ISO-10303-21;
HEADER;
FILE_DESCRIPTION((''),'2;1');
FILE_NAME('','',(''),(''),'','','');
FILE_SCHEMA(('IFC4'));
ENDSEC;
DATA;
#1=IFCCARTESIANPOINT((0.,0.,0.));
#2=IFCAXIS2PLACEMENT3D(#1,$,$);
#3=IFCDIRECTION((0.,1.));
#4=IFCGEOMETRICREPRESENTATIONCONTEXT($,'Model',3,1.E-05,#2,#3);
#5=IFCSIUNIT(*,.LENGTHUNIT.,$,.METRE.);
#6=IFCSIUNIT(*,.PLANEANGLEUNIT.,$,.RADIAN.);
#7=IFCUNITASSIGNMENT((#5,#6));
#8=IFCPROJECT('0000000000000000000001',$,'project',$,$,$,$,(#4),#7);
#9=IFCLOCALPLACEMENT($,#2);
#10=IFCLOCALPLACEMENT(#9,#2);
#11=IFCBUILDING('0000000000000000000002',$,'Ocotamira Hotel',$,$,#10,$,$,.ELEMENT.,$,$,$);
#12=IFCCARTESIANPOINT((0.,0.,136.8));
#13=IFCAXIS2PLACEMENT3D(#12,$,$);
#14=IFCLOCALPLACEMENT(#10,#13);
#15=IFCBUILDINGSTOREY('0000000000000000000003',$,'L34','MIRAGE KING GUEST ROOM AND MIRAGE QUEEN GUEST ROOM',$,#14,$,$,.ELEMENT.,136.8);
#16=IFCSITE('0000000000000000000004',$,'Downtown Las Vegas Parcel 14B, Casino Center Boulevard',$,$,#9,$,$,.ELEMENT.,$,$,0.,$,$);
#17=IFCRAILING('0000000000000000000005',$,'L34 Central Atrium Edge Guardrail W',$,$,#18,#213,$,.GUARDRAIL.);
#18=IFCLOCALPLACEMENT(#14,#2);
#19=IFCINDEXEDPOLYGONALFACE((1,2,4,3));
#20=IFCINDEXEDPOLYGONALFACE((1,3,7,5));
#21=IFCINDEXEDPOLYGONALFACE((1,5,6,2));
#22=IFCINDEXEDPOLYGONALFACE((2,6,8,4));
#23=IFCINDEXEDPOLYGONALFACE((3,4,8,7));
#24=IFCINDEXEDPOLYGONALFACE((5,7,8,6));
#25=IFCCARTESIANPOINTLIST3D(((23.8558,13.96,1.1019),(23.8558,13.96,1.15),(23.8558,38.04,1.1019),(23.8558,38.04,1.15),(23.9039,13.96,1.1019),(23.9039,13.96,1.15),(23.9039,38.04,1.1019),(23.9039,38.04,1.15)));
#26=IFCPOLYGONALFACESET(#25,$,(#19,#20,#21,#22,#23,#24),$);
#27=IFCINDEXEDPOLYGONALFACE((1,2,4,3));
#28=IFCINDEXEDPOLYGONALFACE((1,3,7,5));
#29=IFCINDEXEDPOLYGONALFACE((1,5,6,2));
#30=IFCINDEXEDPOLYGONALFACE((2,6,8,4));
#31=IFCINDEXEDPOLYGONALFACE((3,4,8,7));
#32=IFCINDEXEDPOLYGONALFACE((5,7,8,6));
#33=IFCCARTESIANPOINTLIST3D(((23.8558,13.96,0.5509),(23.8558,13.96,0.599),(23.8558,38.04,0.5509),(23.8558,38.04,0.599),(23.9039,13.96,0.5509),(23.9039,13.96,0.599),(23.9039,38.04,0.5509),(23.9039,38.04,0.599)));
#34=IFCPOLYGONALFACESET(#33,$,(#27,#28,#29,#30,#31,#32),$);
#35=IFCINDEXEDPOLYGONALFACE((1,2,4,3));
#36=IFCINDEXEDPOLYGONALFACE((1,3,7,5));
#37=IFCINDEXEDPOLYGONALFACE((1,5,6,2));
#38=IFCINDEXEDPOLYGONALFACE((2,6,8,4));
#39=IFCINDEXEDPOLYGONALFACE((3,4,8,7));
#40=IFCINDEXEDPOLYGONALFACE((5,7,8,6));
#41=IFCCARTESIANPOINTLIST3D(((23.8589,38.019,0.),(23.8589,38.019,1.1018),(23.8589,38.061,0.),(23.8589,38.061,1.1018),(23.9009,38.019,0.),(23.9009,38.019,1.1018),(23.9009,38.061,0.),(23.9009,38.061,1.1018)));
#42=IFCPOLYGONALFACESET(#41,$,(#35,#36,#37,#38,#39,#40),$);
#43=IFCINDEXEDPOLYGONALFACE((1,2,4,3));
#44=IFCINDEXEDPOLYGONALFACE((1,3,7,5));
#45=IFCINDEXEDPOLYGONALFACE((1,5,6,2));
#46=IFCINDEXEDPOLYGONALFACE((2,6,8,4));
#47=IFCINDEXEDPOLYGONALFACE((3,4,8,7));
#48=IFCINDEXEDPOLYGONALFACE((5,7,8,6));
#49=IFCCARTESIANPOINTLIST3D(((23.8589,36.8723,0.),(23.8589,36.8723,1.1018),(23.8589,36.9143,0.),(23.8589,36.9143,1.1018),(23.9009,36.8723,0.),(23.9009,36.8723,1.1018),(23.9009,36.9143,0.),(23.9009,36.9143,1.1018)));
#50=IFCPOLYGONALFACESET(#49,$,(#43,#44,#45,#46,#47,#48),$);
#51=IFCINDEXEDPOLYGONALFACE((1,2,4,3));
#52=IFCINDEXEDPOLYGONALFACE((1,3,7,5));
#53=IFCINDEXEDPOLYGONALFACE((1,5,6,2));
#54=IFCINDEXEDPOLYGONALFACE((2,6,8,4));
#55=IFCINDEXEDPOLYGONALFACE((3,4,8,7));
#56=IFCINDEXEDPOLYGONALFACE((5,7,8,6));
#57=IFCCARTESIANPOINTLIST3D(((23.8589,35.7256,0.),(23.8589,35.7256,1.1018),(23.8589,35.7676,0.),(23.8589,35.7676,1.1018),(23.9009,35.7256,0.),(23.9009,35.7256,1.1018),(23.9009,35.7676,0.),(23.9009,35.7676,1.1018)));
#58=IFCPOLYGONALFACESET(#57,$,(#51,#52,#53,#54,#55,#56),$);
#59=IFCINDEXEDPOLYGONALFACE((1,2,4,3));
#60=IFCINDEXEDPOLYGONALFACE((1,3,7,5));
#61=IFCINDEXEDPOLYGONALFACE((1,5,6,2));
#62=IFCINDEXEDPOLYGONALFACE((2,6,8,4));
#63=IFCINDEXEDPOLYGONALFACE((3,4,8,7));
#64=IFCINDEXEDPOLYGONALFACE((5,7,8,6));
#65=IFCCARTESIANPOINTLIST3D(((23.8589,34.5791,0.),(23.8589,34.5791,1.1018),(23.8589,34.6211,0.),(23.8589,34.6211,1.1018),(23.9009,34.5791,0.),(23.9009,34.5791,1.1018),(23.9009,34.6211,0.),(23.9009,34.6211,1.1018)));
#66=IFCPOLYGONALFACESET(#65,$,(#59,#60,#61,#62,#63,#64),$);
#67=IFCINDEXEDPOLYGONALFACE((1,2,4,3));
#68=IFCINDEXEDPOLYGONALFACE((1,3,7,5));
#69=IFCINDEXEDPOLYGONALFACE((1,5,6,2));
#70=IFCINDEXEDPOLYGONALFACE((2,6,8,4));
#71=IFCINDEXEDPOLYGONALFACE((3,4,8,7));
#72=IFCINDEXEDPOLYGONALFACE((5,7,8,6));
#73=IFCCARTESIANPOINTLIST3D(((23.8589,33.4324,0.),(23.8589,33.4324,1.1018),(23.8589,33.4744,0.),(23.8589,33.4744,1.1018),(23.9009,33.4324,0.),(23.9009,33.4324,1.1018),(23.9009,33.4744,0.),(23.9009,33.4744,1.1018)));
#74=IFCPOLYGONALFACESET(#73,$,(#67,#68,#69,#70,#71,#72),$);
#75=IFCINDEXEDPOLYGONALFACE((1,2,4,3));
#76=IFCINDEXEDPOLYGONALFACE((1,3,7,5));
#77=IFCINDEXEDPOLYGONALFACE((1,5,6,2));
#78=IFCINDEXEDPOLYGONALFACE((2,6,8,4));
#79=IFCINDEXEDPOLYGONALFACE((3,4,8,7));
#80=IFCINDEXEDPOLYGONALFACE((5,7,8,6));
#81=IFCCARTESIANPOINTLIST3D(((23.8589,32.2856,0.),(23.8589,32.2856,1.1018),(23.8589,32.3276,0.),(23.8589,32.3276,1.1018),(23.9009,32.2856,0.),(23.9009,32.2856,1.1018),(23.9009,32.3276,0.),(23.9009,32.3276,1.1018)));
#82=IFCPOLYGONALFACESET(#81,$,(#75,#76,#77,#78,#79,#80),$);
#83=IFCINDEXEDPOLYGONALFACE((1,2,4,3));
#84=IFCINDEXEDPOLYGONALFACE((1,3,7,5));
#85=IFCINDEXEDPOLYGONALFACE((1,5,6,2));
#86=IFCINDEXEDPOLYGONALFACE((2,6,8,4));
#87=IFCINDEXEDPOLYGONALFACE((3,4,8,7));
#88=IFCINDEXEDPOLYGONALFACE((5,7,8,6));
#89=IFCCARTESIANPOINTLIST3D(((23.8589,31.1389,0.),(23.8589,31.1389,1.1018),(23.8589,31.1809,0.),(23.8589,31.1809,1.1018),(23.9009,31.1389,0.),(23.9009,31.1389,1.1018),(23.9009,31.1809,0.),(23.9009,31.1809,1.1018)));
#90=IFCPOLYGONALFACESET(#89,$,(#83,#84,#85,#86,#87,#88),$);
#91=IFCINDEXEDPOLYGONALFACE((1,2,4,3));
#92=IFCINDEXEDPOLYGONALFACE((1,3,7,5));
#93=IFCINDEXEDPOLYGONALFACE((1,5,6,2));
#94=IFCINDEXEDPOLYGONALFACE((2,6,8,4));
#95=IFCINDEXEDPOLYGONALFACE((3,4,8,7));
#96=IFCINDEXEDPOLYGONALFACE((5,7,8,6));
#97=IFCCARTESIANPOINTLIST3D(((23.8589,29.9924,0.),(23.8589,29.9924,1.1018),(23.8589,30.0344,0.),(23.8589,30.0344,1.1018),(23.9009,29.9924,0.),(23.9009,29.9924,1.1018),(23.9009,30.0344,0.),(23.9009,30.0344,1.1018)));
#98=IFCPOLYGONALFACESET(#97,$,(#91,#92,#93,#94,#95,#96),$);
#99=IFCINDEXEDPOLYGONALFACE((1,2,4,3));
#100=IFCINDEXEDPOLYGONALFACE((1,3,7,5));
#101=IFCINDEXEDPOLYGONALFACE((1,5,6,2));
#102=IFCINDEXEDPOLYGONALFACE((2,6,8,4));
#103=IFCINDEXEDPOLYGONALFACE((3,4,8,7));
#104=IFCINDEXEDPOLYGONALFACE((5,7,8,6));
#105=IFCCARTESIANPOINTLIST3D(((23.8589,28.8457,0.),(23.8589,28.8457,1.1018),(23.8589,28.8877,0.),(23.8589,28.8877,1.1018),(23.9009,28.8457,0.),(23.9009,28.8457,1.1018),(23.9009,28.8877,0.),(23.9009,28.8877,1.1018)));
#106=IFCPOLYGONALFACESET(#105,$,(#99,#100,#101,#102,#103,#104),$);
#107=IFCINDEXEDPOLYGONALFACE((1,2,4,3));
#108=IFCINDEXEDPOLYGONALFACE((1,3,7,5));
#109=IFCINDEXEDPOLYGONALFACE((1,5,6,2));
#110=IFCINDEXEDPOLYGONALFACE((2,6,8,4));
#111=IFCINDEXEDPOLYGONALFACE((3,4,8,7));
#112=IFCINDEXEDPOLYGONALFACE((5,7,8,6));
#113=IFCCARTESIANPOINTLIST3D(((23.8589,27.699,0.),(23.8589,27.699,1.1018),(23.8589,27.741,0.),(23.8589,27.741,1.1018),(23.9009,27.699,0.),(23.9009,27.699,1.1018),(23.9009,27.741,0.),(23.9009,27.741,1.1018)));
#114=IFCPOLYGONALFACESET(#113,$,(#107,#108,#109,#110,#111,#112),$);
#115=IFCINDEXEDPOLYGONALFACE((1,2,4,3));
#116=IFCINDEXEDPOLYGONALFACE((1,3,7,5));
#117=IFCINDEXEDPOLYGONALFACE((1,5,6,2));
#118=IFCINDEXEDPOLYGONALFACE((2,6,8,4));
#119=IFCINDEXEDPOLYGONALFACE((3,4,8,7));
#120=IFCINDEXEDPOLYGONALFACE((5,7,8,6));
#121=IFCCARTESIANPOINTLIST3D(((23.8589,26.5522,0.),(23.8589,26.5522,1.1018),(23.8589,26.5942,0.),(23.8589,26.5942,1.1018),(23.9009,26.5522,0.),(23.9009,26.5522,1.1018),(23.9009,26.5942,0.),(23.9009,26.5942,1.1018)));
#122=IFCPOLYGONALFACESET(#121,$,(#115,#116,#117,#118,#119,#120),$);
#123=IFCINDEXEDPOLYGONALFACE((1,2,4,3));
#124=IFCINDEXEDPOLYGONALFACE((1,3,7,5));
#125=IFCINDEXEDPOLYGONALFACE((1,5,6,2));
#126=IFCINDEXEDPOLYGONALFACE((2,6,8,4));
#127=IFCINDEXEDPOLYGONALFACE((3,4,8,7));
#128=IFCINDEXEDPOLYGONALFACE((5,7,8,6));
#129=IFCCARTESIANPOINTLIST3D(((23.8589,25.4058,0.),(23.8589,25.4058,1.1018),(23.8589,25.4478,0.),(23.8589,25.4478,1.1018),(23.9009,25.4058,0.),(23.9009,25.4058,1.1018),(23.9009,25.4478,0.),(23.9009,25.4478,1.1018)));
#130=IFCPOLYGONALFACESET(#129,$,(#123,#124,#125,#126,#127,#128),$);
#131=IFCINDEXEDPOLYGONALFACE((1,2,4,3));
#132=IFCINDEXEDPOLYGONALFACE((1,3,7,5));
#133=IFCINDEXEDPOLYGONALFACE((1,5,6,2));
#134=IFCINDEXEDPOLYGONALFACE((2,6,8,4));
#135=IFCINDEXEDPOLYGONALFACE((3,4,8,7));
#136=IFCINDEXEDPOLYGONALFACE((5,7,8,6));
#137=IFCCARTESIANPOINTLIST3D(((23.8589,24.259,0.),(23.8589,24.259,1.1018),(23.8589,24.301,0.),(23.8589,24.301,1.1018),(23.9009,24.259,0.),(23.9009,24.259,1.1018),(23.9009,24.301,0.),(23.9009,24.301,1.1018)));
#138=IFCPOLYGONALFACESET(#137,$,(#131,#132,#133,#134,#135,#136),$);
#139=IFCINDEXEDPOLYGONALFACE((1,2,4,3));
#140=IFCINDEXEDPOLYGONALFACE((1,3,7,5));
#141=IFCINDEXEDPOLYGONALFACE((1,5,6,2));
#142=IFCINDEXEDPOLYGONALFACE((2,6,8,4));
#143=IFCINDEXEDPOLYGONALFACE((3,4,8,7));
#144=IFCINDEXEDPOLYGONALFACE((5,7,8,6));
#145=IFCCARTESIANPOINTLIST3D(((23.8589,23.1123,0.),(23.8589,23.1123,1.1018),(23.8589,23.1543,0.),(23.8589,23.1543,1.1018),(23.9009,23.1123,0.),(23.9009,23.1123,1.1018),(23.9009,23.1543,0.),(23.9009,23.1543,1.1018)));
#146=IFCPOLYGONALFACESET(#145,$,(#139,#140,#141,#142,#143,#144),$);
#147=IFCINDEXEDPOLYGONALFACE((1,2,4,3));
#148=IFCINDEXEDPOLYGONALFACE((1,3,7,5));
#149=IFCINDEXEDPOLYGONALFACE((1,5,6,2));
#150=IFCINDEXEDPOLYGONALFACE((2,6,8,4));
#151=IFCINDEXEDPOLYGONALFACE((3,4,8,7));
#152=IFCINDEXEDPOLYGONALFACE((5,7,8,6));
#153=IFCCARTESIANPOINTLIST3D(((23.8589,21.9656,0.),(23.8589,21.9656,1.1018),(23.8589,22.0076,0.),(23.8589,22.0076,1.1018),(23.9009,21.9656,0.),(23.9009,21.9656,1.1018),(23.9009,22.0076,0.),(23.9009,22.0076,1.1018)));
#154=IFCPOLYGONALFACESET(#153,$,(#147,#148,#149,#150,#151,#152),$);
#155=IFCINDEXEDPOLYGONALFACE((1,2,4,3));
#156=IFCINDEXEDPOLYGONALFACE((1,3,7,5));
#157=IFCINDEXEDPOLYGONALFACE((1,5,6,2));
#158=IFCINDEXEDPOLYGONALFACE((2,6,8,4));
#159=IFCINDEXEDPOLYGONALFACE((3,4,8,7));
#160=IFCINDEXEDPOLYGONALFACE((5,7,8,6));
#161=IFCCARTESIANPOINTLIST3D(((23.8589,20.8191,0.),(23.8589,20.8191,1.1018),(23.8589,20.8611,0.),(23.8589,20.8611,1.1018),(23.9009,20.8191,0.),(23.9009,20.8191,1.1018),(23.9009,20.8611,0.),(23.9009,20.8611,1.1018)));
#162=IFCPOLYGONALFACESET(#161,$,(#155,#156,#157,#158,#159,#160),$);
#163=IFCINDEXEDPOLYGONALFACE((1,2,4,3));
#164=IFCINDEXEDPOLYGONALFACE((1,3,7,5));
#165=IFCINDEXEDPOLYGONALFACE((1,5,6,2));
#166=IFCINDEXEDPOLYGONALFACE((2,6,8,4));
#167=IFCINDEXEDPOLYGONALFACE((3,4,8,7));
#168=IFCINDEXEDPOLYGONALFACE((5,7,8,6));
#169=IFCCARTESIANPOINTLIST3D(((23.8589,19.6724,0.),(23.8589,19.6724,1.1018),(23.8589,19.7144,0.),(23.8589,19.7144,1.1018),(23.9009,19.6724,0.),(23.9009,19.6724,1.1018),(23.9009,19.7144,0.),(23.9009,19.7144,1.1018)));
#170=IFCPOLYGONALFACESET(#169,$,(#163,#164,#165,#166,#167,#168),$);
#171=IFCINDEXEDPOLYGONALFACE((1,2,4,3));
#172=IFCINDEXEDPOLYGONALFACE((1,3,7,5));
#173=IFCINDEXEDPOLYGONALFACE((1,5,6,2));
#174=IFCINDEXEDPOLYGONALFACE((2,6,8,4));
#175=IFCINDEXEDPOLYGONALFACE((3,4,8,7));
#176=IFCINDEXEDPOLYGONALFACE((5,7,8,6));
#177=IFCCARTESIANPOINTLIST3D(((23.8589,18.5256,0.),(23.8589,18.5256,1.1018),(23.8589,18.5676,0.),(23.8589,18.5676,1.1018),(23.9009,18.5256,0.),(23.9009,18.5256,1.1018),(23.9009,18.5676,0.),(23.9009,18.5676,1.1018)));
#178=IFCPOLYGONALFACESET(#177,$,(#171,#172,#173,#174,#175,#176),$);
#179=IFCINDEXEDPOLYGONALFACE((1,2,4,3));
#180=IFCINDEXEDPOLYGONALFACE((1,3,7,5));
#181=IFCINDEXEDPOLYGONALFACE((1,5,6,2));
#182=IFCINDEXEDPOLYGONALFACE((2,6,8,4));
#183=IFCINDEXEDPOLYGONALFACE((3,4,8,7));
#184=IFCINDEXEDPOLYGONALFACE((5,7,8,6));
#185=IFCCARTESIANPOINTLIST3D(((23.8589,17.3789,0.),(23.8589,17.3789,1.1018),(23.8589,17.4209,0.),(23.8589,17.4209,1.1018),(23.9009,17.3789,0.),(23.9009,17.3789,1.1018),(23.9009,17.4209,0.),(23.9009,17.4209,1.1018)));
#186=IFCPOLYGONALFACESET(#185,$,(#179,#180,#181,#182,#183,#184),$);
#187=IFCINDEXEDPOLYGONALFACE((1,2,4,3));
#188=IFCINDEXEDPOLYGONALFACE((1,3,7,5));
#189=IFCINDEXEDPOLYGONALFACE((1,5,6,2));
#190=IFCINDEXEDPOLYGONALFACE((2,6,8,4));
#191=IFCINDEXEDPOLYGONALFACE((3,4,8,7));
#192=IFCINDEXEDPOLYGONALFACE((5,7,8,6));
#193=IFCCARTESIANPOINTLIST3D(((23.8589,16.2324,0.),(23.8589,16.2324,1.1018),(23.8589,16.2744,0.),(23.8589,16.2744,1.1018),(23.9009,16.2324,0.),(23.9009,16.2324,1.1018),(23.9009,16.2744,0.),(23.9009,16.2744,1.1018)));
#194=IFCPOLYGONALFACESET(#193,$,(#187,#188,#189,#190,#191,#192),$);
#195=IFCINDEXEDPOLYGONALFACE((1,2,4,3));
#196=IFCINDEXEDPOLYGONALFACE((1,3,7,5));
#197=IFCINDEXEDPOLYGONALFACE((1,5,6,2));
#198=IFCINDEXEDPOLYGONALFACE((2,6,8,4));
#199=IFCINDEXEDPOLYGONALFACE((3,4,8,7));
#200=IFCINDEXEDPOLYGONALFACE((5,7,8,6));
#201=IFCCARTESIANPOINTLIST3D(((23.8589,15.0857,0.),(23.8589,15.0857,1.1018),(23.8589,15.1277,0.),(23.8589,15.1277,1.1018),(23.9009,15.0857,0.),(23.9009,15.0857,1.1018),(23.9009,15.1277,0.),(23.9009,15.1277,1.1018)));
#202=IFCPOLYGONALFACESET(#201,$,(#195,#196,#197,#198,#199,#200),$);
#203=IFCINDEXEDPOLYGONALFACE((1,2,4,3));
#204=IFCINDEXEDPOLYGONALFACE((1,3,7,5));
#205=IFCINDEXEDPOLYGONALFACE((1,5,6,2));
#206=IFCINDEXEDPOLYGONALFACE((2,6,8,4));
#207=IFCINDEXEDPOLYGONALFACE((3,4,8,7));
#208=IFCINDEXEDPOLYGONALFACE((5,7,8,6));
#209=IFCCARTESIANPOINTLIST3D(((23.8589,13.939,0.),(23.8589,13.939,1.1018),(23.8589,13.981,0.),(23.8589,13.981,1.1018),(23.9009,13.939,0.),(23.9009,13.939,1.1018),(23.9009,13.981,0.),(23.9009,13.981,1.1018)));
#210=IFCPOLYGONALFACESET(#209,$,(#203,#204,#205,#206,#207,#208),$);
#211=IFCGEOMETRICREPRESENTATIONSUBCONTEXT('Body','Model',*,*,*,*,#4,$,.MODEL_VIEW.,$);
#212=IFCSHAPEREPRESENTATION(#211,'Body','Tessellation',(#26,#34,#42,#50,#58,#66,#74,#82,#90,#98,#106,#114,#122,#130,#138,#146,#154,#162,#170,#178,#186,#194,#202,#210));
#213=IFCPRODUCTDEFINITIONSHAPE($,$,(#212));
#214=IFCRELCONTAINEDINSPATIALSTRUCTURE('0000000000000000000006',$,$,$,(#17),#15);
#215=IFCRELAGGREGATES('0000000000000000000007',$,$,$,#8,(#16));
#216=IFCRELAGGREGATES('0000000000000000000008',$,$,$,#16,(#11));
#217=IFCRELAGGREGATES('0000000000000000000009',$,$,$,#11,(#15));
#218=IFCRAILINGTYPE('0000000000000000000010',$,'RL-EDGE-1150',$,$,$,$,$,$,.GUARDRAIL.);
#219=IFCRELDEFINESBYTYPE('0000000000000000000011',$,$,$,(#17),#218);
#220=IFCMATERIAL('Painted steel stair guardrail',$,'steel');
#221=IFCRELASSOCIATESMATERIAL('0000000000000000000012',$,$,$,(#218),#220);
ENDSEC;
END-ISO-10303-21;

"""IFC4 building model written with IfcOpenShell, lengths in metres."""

from ifc_helpers import new_model, si_unit, direction, frame, origin, origin_2d, place, context, subcontext, project, spatial, rectangle, extrude, material, type_object, element, save


model = new_model("IFC4")

# Units and contexts
model_context = context("Model", 3, precision=1e-05, world=origin(), true_north=direction((0.0, 1.0)))
body_context = subcontext(model_context, "Body", "Model", "MODEL_VIEW")
ifc_project = project(units=[si_unit("LENGTHUNIT", "METRE"), si_unit("PLANEANGLEUNIT", "RADIAN")], contexts=[model_context])

# Site, building, storey
site_placement = place(None, origin())
site = spatial("IfcSite", under=ifc_project, at=site_placement, Name="Downtown Las Vegas Parcel 14B, Casino Center Boulevard", CompositionType="ELEMENT", RefElevation=0.0)
building_placement = place(site_placement, origin())
building = spatial("IfcBuilding", under=site, at=building_placement, Name="Ocotamira Hotel", CompositionType="ELEMENT")
storey_placement = place(building_placement, frame((0.0, 0.0, 136.8)))
storey = spatial("IfcBuildingStorey", under=building, at=storey_placement, Name="L34", Description="MIRAGE KING GUEST ROOM AND MIRAGE QUEEN GUEST ROOM", CompositionType="ELEMENT", Elevation=136.8)

# Railing
ifc_material_1 = material(Name="Painted steel stair guardrail", Category="steel")
railing_type = type_object("IfcRailingType", Name="RL-EDGE-1150", PredefinedType="GUARDRAIL", material=ifc_material_1)
railing_placement = place(storey_placement, frame((23.8799, 38.04, 0.0)))
element("IfcRailing", 1, at=railing_placement, inside=storey, type_object=railing_type, Name="L34 Central Atrium Edge Guardrail W", PredefinedType="GUARDRAIL", context=body_context, shape_type="SweptSolid", body=[
    extrude(rectangle(XDim=0.0481, YDim=0.0481, at=origin_2d()), frame((0.0, 0.0, 1.126), z_axis=(0.0, -1.0, 0.0), x_axis=(1.0, 0.0, 0.0)), (0.0, 0.0, 1.0), 24.0801),
    extrude(rectangle(XDim=0.0481, YDim=0.0481, at=origin_2d()), frame((0.0, 0.0, 0.575), z_axis=(0.0, -1.0, 0.0), x_axis=(1.0, 0.0, 0.0)), (0.0, 0.0, 1.0), 24.0801),
    extrude(rectangle(XDim=0.042, YDim=0.042, at=origin_2d()), origin(), (0.0, 0.0, 1.0), 1.1018),
    extrude(rectangle(XDim=0.042, YDim=0.042, at=origin_2d()), frame((0.0, -1.1467, 0.0)), (0.0, 0.0, 1.0), 1.1018),
    extrude(rectangle(XDim=0.042, YDim=0.042, at=origin_2d()), frame((0.0, -2.2935, 0.0)), (0.0, 0.0, 1.0), 1.1018),
    extrude(rectangle(XDim=0.042, YDim=0.042, at=origin_2d()), frame((0.0, -3.4399, 0.0)), (0.0, 0.0, 1.0), 1.1018),
    extrude(rectangle(XDim=0.042, YDim=0.042, at=origin_2d()), frame((0.0, -4.5867, 0.0)), (0.0, 0.0, 1.0), 1.1018),
    extrude(rectangle(XDim=0.042, YDim=0.042, at=origin_2d()), frame((0.0, -5.7334, 0.0)), (0.0, 0.0, 1.0), 1.1018),
    extrude(rectangle(XDim=0.042, YDim=0.042, at=origin_2d()), frame((0.0, -6.8801, 0.0)), (0.0, 0.0, 1.0), 1.1018),
    extrude(rectangle(XDim=0.042, YDim=0.042, at=origin_2d()), frame((0.0, -8.0266, 0.0)), (0.0, 0.0, 1.0), 1.1018),
    extrude(rectangle(XDim=0.042, YDim=0.042, at=origin_2d()), frame((0.0, -9.1733, 0.0)), (0.0, 0.0, 1.0), 1.1018),
    extrude(rectangle(XDim=0.042, YDim=0.042, at=origin_2d()), frame((0.0, -10.3201, 0.0)), (0.0, 0.0, 1.0), 1.1018),
    extrude(rectangle(XDim=0.042, YDim=0.042, at=origin_2d()), frame((0.0, -11.4668, 0.0)), (0.0, 0.0, 1.0), 1.1018),
    extrude(rectangle(XDim=0.042, YDim=0.042, at=origin_2d()), frame((0.0, -12.6133, 0.0)), (0.0, 0.0, 1.0), 1.1018),
    extrude(rectangle(XDim=0.042, YDim=0.042, at=origin_2d()), frame((0.0, -13.76, 0.0)), (0.0, 0.0, 1.0), 1.1018),
    extrude(rectangle(XDim=0.042, YDim=0.042, at=origin_2d()), frame((0.0, -14.9067, 0.0)), (0.0, 0.0, 1.0), 1.1018),
    extrude(rectangle(XDim=0.042, YDim=0.042, at=origin_2d()), frame((0.0, -16.0535, 0.0)), (0.0, 0.0, 1.0), 1.1018),
    extrude(rectangle(XDim=0.042, YDim=0.042, at=origin_2d()), frame((0.0, -17.2, 0.0)), (0.0, 0.0, 1.0), 1.1018),
    extrude(rectangle(XDim=0.042, YDim=0.042, at=origin_2d()), frame((0.0, -18.3467, 0.0)), (0.0, 0.0, 1.0), 1.1018),
    extrude(rectangle(XDim=0.042, YDim=0.042, at=origin_2d()), frame((0.0, -19.4934, 0.0)), (0.0, 0.0, 1.0), 1.1018),
    extrude(rectangle(XDim=0.042, YDim=0.042, at=origin_2d()), frame((0.0, -20.6401, 0.0)), (0.0, 0.0, 1.0), 1.1018),
    extrude(rectangle(XDim=0.042, YDim=0.042, at=origin_2d()), frame((0.0, -21.7866, 0.0)), (0.0, 0.0, 1.0), 1.1018),
    extrude(rectangle(XDim=0.042, YDim=0.042, at=origin_2d()), frame((0.0, -22.9333, 0.0)), (0.0, 0.0, 1.0), 1.1018),
    extrude(rectangle(XDim=0.042, YDim=0.042, at=origin_2d()), frame((0.0, -24.0801, 0.0)), (0.0, 0.0, 1.0), 1.1018),
])

save(model, "model.ifc")
